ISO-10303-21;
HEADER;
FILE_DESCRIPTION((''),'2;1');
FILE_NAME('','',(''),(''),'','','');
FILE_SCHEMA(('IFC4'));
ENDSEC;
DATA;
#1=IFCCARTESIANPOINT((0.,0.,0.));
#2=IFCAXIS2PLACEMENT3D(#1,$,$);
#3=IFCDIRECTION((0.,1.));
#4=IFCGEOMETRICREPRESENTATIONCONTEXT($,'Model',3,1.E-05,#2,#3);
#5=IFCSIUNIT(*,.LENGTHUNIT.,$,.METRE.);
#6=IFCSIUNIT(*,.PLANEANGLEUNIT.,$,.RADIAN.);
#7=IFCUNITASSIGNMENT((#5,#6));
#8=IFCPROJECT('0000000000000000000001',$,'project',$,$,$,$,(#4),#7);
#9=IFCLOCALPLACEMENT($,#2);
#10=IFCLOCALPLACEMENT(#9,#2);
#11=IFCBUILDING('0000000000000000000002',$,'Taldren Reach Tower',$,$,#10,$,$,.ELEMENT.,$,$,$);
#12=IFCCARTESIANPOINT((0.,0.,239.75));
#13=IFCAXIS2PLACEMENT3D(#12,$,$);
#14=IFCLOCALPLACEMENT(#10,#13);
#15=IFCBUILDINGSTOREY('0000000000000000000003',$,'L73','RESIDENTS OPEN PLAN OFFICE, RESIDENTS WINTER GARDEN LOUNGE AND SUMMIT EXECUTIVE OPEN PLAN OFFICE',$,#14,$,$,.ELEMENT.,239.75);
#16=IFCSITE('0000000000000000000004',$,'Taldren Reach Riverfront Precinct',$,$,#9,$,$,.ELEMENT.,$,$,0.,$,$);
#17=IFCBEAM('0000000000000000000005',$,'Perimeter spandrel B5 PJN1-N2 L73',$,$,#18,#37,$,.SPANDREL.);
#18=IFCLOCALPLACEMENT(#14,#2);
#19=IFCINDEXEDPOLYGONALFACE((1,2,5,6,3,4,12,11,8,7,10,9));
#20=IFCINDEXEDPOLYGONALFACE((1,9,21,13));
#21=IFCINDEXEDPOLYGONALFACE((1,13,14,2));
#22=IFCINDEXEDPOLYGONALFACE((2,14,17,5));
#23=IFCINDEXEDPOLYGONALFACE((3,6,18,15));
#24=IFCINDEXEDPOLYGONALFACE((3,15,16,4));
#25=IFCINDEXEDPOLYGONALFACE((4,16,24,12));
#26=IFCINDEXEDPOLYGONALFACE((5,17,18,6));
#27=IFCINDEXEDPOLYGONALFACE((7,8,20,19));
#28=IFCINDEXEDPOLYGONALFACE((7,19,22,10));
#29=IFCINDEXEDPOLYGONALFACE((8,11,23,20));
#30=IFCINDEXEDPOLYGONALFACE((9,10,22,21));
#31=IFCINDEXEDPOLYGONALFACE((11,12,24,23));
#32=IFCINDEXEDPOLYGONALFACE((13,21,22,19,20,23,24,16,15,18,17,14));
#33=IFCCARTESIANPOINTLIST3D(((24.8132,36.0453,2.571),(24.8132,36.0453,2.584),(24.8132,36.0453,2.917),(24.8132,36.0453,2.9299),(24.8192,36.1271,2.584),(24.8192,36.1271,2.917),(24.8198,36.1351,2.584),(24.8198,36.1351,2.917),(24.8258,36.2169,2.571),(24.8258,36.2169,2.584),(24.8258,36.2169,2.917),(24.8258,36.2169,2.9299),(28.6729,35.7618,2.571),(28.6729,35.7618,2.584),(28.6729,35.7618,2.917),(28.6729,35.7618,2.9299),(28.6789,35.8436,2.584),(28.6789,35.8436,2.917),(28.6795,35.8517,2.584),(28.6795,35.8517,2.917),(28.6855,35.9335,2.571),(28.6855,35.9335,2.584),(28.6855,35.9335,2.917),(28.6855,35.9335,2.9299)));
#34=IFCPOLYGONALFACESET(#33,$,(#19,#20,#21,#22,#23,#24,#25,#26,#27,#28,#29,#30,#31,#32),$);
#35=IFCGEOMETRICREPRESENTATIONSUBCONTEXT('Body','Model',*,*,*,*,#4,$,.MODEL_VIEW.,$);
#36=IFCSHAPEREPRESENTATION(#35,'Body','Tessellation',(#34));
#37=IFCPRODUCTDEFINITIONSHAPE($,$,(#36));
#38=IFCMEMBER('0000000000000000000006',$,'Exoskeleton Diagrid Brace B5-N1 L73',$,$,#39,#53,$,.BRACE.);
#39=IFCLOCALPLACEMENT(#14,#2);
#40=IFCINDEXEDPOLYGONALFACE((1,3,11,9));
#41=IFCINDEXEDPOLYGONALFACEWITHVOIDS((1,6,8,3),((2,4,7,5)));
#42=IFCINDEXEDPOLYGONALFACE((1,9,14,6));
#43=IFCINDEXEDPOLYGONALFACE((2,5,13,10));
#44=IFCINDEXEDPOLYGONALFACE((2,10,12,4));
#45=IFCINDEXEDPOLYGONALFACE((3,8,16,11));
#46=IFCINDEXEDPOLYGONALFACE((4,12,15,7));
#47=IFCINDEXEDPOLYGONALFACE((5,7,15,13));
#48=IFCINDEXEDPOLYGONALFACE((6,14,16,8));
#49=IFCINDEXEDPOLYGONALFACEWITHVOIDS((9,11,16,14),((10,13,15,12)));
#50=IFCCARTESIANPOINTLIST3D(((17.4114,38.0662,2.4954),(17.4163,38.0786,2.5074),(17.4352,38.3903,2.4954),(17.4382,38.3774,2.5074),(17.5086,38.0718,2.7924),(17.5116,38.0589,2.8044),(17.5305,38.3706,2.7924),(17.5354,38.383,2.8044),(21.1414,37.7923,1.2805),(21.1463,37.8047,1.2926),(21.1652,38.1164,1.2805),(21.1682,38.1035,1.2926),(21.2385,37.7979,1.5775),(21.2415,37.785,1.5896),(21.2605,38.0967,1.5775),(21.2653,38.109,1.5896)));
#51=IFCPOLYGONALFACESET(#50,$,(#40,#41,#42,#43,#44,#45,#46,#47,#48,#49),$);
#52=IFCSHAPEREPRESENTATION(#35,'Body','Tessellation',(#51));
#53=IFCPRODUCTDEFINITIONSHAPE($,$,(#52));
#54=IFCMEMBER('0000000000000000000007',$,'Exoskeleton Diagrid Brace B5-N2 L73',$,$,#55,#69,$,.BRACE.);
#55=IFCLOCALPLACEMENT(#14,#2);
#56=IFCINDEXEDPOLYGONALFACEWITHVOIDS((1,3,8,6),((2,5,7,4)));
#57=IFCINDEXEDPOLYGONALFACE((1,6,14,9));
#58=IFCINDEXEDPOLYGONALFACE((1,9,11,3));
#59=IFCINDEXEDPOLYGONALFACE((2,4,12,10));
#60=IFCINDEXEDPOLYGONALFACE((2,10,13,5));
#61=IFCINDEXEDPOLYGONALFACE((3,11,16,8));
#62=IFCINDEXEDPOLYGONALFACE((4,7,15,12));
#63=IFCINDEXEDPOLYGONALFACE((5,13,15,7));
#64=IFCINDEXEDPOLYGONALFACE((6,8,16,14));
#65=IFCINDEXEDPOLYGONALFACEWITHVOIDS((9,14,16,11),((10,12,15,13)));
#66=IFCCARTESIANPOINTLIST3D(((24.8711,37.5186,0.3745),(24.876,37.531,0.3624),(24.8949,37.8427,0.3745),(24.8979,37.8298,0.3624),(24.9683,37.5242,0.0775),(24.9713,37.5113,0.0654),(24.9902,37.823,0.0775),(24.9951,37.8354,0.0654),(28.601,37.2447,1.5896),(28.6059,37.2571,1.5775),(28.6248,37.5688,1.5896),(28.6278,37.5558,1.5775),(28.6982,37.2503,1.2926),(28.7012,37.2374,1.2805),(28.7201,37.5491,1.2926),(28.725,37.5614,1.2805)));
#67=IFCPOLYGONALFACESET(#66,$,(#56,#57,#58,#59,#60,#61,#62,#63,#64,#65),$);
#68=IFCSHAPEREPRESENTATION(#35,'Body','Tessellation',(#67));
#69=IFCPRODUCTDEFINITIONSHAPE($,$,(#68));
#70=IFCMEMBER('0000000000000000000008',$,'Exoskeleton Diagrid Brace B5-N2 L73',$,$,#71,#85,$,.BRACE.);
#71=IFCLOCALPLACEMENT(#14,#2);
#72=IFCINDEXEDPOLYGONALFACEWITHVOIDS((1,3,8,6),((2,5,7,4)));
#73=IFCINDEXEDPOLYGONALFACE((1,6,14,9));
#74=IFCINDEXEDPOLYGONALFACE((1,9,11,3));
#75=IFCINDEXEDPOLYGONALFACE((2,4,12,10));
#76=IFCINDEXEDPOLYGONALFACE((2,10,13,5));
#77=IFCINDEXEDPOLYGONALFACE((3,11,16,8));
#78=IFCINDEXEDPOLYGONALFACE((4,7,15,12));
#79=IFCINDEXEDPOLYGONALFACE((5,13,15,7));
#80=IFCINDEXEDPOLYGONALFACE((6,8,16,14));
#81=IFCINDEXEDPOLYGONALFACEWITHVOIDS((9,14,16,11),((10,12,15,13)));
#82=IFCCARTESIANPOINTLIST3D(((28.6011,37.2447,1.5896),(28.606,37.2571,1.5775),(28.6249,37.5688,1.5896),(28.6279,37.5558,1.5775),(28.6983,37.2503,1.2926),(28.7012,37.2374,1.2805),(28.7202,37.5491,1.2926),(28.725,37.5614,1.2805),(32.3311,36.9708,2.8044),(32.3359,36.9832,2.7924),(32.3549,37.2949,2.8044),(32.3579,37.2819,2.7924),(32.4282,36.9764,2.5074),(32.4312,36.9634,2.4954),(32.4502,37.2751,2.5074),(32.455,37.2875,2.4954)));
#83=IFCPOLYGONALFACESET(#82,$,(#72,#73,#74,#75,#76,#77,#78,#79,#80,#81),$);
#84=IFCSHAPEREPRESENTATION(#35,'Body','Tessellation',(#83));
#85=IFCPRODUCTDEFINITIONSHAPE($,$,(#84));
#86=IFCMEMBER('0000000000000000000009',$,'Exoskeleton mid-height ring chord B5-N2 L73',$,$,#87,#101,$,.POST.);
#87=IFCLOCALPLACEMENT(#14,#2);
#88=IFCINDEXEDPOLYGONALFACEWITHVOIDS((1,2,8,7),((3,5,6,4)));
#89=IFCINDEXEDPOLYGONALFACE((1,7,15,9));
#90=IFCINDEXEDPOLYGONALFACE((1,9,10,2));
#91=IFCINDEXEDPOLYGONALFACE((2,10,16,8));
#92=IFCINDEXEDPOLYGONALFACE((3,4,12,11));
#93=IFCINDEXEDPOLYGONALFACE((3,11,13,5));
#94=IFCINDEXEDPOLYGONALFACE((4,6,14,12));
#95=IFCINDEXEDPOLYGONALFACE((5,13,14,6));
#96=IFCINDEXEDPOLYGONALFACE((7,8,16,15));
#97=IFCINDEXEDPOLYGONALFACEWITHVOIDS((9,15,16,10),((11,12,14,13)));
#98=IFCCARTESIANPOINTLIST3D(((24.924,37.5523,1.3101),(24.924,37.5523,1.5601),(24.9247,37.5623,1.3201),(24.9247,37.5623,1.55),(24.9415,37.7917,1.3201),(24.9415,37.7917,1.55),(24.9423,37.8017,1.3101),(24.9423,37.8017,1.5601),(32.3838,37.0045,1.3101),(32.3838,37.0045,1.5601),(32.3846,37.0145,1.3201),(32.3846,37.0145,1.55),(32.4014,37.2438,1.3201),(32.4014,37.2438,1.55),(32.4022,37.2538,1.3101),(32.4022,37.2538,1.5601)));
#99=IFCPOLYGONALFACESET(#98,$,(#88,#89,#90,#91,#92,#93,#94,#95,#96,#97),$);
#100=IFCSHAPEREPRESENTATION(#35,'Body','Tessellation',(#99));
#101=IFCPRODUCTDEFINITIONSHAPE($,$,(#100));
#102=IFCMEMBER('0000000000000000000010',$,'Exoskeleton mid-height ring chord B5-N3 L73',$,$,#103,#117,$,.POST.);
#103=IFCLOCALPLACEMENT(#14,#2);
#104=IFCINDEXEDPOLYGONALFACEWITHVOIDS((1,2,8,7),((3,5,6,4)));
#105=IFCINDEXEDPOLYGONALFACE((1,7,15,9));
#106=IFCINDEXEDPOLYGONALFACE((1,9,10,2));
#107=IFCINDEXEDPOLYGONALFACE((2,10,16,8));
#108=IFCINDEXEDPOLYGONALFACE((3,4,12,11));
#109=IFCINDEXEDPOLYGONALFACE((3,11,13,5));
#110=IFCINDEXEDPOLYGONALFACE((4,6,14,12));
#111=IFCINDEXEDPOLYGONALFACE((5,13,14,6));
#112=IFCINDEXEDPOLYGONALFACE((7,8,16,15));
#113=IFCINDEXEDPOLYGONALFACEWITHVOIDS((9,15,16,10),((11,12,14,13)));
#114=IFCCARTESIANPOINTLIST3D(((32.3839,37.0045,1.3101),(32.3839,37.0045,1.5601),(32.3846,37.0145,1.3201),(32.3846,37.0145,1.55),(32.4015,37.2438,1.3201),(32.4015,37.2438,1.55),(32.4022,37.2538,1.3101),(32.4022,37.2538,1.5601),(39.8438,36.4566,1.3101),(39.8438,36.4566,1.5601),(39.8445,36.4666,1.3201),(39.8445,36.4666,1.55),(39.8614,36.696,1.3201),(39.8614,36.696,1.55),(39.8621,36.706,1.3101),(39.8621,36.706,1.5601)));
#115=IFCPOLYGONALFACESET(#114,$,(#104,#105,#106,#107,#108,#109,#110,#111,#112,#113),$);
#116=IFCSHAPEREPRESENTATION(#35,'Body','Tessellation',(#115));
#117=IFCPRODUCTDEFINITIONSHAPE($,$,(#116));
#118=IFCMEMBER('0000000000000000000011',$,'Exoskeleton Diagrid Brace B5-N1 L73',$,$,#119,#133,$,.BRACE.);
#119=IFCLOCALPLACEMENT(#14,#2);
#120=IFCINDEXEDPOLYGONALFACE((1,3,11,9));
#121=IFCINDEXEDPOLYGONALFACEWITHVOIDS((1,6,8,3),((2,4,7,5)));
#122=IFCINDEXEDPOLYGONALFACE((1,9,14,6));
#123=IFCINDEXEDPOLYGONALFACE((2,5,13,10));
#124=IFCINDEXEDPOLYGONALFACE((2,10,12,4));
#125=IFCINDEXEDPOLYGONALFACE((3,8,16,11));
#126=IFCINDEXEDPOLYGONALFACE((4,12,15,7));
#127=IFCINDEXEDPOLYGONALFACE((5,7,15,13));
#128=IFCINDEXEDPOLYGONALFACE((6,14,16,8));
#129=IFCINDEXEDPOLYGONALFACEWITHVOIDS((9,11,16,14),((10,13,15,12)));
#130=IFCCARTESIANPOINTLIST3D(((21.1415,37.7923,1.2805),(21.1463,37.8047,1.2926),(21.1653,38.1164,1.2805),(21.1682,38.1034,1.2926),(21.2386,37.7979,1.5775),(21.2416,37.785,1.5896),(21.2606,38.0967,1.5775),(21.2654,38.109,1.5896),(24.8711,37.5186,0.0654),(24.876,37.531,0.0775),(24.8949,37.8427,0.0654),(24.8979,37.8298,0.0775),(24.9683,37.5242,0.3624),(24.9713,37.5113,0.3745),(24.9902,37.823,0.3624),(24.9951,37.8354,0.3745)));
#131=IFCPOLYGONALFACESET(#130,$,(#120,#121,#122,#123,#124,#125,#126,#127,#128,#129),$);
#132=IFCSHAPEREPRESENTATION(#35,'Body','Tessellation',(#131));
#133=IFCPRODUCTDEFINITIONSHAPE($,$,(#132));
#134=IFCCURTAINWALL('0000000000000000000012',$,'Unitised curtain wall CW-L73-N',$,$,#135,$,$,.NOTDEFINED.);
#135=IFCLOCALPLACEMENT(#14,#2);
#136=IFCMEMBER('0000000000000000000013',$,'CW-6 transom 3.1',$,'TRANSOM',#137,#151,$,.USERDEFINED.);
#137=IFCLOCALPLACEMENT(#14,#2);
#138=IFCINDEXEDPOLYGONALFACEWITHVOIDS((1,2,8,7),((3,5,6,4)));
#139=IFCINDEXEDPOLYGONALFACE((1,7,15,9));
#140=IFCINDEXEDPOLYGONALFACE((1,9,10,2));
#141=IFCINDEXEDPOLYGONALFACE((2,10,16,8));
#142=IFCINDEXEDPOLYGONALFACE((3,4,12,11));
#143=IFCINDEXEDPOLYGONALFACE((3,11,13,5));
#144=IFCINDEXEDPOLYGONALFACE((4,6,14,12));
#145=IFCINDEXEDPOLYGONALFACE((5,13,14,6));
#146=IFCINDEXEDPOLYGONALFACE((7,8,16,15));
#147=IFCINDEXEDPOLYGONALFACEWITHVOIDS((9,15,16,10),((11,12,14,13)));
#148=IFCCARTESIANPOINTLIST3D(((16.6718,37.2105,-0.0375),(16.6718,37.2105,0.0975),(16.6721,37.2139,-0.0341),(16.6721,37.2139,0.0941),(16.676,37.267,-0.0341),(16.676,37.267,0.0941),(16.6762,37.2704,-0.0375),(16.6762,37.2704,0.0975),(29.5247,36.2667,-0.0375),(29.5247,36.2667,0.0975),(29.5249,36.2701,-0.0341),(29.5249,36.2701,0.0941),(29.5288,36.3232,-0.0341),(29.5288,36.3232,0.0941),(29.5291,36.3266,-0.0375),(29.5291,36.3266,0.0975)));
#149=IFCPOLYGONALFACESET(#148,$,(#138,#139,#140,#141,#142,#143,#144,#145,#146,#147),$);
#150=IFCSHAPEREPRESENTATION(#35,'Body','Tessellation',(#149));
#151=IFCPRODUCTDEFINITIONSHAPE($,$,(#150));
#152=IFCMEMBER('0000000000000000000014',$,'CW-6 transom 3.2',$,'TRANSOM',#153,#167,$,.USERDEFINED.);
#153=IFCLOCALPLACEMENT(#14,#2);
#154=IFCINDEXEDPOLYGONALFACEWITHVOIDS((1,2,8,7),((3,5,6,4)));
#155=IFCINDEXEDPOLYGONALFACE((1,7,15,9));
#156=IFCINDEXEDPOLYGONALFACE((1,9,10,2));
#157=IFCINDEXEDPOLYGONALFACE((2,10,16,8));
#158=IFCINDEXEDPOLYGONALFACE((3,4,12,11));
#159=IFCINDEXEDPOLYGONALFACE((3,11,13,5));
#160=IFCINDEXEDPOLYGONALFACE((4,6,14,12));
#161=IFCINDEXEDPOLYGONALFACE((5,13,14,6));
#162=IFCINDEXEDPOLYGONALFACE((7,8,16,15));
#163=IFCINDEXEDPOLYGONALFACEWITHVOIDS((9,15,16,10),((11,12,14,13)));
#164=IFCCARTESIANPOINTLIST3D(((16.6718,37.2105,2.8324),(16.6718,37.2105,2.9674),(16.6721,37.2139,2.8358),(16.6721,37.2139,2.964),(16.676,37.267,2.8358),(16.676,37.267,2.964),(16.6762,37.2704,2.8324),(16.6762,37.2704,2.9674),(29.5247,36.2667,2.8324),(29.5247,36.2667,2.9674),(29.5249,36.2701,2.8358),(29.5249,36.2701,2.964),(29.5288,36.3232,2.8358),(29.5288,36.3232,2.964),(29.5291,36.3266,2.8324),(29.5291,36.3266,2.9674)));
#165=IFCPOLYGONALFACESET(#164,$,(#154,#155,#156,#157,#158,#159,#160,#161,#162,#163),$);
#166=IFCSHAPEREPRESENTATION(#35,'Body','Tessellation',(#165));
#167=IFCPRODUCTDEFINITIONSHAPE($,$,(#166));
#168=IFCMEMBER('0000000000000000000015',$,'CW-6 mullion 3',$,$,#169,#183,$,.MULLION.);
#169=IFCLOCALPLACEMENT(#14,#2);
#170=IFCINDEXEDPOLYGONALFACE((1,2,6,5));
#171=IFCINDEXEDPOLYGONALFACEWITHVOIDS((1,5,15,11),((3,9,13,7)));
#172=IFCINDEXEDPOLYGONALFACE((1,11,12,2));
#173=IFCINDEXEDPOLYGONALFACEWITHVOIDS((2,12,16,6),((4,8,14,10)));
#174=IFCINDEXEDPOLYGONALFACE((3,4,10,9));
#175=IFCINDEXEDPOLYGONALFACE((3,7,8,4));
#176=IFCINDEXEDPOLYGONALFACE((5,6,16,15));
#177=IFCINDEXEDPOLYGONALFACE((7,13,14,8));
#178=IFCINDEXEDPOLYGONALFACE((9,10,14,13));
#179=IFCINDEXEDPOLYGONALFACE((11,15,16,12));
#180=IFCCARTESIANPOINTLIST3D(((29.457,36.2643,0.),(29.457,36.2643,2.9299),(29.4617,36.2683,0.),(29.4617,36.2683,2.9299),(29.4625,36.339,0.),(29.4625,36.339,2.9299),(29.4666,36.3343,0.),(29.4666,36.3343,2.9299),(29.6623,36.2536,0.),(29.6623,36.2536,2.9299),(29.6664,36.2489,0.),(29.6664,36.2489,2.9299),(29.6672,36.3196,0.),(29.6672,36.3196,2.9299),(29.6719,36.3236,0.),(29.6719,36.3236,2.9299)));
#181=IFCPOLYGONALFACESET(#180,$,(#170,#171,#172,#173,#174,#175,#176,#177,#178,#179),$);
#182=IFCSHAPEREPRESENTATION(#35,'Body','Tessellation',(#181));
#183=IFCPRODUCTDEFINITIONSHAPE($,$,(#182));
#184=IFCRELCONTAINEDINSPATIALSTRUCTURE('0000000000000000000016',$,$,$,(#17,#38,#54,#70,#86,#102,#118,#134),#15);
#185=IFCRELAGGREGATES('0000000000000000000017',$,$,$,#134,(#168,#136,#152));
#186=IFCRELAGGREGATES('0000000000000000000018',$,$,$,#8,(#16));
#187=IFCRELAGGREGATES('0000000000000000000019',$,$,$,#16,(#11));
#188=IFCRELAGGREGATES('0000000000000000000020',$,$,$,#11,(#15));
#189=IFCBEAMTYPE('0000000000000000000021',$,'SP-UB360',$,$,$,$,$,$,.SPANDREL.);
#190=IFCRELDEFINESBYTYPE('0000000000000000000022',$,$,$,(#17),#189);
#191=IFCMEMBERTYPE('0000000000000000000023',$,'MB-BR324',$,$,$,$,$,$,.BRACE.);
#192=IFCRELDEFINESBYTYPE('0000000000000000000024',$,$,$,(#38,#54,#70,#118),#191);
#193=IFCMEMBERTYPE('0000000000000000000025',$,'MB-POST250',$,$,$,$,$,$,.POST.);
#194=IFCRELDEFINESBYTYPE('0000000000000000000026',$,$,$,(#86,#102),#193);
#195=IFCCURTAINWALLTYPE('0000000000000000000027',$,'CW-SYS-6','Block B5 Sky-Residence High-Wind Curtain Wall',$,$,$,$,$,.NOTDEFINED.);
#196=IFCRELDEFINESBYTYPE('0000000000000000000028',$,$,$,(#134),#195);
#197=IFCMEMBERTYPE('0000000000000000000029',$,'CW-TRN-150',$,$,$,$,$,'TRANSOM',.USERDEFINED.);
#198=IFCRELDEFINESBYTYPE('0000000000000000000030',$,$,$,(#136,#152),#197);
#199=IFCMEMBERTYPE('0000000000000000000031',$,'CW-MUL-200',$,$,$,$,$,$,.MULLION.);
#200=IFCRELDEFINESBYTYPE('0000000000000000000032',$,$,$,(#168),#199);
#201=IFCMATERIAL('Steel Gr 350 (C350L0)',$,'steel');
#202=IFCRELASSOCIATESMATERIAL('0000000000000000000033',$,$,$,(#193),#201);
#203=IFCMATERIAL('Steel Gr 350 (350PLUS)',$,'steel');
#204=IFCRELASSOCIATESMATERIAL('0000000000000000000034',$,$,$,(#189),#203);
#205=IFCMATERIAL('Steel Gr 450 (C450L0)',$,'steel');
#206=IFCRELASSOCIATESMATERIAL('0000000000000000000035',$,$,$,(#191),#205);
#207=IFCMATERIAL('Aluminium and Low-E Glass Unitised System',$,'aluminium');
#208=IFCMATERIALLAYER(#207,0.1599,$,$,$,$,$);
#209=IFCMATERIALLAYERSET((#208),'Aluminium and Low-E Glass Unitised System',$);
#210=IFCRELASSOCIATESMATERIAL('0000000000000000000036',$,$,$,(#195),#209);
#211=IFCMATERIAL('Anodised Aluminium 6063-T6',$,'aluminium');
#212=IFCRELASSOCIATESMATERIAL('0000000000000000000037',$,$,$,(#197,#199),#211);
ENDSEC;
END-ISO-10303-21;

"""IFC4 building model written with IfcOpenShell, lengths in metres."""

from ifc_helpers import new_model, si_unit, direction, frame, origin, origin_2d, place, context, subcontext, project, spatial, hollow_rectangle, i_section, extrude, source, transform, mapped, material, layer, layer_set, material_profile, profile_set, type_object, element, aggregate, save


model = new_model("IFC4")

# Units and contexts
model_context = context("Model", 3, precision=1e-05, world=origin(), true_north=direction((0.0, 1.0)))
body_context = subcontext(model_context, "Body", "Model", "MODEL_VIEW")
ifc_project = project(units=[si_unit("LENGTHUNIT", "METRE"), si_unit("PLANEANGLEUNIT", "RADIAN")], contexts=[model_context])

# Site, building, storey
site_placement = place(None, origin())
site = spatial("IfcSite", under=ifc_project, at=site_placement, Name="Taldren Reach Riverfront Precinct", CompositionType="ELEMENT", RefElevation=0.0)
building_placement = place(site_placement, origin())
building = spatial("IfcBuilding", under=site, at=building_placement, Name="Taldren Reach Tower", CompositionType="ELEMENT")
storey_placement = place(building_placement, frame((0.0, 0.0, 239.75)))
storey = spatial("IfcBuildingStorey", under=building, at=storey_placement, Name="L73", Description="RESIDENTS OPEN PLAN OFFICE, RESIDENTS WINTER GARDEN LOUNGE AND SUMMIT EXECUTIVE OPEN PLAN OFFICE", CompositionType="ELEMENT", Elevation=239.75)

# Shared definitions
ifc_material_1 = material(Name="Steel Gr 350 (C350L0)", Category="steel")
ifc_material_2 = material(Name="Steel Gr 350 (350PLUS)", Category="steel")

# Shared definitions
ifc_material_profile_1 = material_profile(ifc_material_1, hollow_rectangle(XDim=0.25, YDim=0.25, WallThickness=0.01, at=origin_2d()), Name="250x250x10.0SHS")
ifc_profile_set_1 = profile_set([ifc_material_profile_1], Name="Steel Gr 350 (C350L0)")
member_type_1 = type_object("IfcMemberType", Name="MB-POST250", PredefinedType="POST", material=ifc_profile_set_1)
ifc_material_3 = material(Name="Steel Gr 450 (C450L0)", Category="steel")

# Beam
ifc_material_profile_2 = material_profile(ifc_material_2, i_section(OverallWidth=0.1721, OverallDepth=0.3589, WebThickness=0.0081, FlangeThickness=0.0129, at=origin_2d()), Name="360UB56.7")
ifc_profile_set_2 = profile_set([ifc_material_profile_2], Name="Steel Gr 350 (350PLUS)")
beam_type = type_object("IfcBeamType", Name="SP-UB360", PredefinedType="SPANDREL", material=ifc_profile_set_2)
shared_shape_1 = source(origin(), body_context, "Body", "SweptSolid", [
    extrude(i_section(OverallWidth=0.1721, OverallDepth=0.3589, WebThickness=0.0081, FlangeThickness=0.0129, at=origin_2d()), origin(), (0.0, 0.0, 1.0), 3.8701),
])
beam_1_placement = place(storey_placement, frame((28.6792, 35.8477, 2.7505), z_axis=(-0.997314, 0.073242, 0.0), x_axis=(-0.073242, -0.997314, 0.0)))
element("IfcBeam", 1, at=beam_1_placement, inside=storey, type_object=beam_type, Name="Perimeter spandrel B5 PJN1-N2 L73", PredefinedType="SPANDREL", context=body_context, shape_type="MappedRepresentation", body=[
    mapped(shared_shape_1, transform((0.0, 0.0, 0.0), scale=1.0)),
])

# Members
ifc_material_profile_3 = material_profile(ifc_material_3, hollow_rectangle(XDim=0.325, YDim=0.325, WallThickness=0.0127, at=origin_2d()), Name="325x325x12.7SHS")
ifc_profile_set_3 = profile_set([ifc_material_profile_3], Name="Steel Gr 450 (C450L0)")
member_type_2 = type_object("IfcMemberType", Name="MB-BR324", PredefinedType="BRACE", material=ifc_profile_set_3)
shared_shape_2 = source(origin(), body_context, "Body", "SweptSolid", [
    extrude(hollow_rectangle(XDim=0.325, YDim=0.325, WallThickness=0.0127, at=origin_2d()), origin(), (0.0, 0.0, 1.0), 3.9324),
])
for number, where, z_axis, x_axis, name in (
    (2, (21.2034, 37.9507, 1.4351), (-0.948529, 0.069659, 0.308933), (-0.073242, -0.997314, 0.0), "Exoskeleton Diagrid Brace B5-N1 L73"),
    (3, (24.9331, 37.677, 0.22), (0.948511, -0.069658, 0.308989), (0.073242, 0.997314, 0.0), "Exoskeleton Diagrid Brace B5-N2 L73"),
    (4, (28.6631, 37.4031, 1.4351), (0.948529, -0.069659, 0.308933), (0.073242, 0.997314, 0.0), "Exoskeleton Diagrid Brace B5-N2 L73"),
):
    element("IfcMember", number, at=place(storey_placement, frame(where, z_axis=z_axis, x_axis=x_axis)), inside=storey, type_object=member_type_2, Name=name, PredefinedType="BRACE", context=body_context, shape_type="MappedRepresentation", body=[
        mapped(shared_shape_2, transform((0.0, 0.0, 0.0), scale=1.0)),
    ])
shared_shape_3 = source(origin(), body_context, "Body", "SweptSolid", [
    extrude(hollow_rectangle(XDim=0.25, YDim=0.25, WallThickness=0.01, at=origin_2d()), origin(), (0.0, 0.0, 1.0), 7.48),
])
for number, where, z_axis, x_axis, name in (
    (5, (24.9331, 37.677, 1.4351), (0.997314, -0.073242, 0.0), (0.073242, 0.997314, 0.0), "Exoskeleton mid-height ring chord B5-N2 L73"),
    (6, (32.3931, 37.1292, 1.4351), (0.997314, -0.073242, 0.0), (0.073242, 0.997314, 0.0), "Exoskeleton mid-height ring chord B5-N3 L73"),
):
    element("IfcMember", number, at=place(storey_placement, frame(where, z_axis=z_axis, x_axis=x_axis)), inside=storey, type_object=member_type_1, Name=name, PredefinedType="POST", context=body_context, shape_type="MappedRepresentation", body=[
        mapped(shared_shape_3, transform((0.0, 0.0, 0.0), scale=1.0)),
    ])
shared_shape_4 = source(origin(), body_context, "Body", "SweptSolid", [
    extrude(hollow_rectangle(XDim=0.325, YDim=0.325, WallThickness=0.0127, at=origin_2d()), origin(), (0.0, 0.0, 1.0), 3.9321),
])
member_1_placement = place(storey_placement, frame((24.9331, 37.677, 0.22), z_axis=(-0.948509, 0.0696, 0.309009), x_axis=(-0.073182, -0.997319, 0.0)))
element("IfcMember", 7, at=member_1_placement, inside=storey, type_object=member_type_2, Name="Exoskeleton Diagrid Brace B5-N1 L73", PredefinedType="BRACE", context=body_context, shape_type="MappedRepresentation", body=[
    mapped(shared_shape_4, transform((0.0, 0.0, 0.0), scale=1.0)),
])

# Curtain wall, members
ifc_material_4 = material(Name="Aluminium and Low-E Glass Unitised System", Category="aluminium")
ifc_layer_1 = layer(ifc_material_4, 0.1599)
ifc_layer_set_1 = layer_set([ifc_layer_1], Name="Aluminium and Low-E Glass Unitised System")
curtain_wall_type = type_object("IfcCurtainWallType", Name="CW-SYS-6", Description="Block B5 Sky-Residence High-Wind Curtain Wall", PredefinedType="NOTDEFINED", material=ifc_layer_set_1)
curtain_wall_placement = place(storey_placement, origin())
curtain_wall = element("IfcCurtainWall", 8, at=curtain_wall_placement, inside=storey, type_object=curtain_wall_type, Name="Unitised curtain wall CW-L73-N", PredefinedType="NOTDEFINED")
ifc_material_5 = material(Name="Anodised Aluminium 6063-T6", Category="aluminium")
ifc_material_profile_4 = material_profile(ifc_material_5, hollow_rectangle(XDim=0.0601, YDim=0.135, WallThickness=0.0034, at=origin_2d()), Name="ALU-135x60x3.5RHS")
ifc_profile_set_4 = profile_set([ifc_material_profile_4], Name="Anodised Aluminium 6063-T6")
member_type_3 = type_object("IfcMemberType", Name="CW-TRN-150", ElementType="TRANSOM", PredefinedType="USERDEFINED", material=ifc_profile_set_4)
shared_shape_5 = source(origin(), body_context, "Body", "SweptSolid", [
    extrude(hollow_rectangle(XDim=0.0601, YDim=0.135, WallThickness=0.0034, at=origin_2d()), origin(), (0.0, 0.0, 1.0), 12.8875),
])
member_2_placement = place(storey_placement, frame((29.5269, 36.2966, 0.03), z_axis=(-0.997314, 0.073238, 0.0), x_axis=(-0.073238, -0.997314, 0.0)))
member_2 = element("IfcMember", 9, at=member_2_placement, type_object=member_type_3, Name="CW-6 transom 3.1", ObjectType="TRANSOM", PredefinedType="USERDEFINED", context=body_context, shape_type="MappedRepresentation", body=[
    mapped(shared_shape_5, transform((0.0, 0.0, 0.0), scale=1.0)),
])
member_3_placement = place(storey_placement, frame((29.5269, 36.2966, 2.8999), z_axis=(-0.997314, 0.073238, 0.0), x_axis=(-0.073238, -0.997314, 0.0)))
member_3 = element("IfcMember", 10, at=member_3_placement, type_object=member_type_3, Name="CW-6 transom 3.2", ObjectType="TRANSOM", PredefinedType="USERDEFINED", context=body_context, shape_type="MappedRepresentation", body=[
    mapped(shared_shape_5, transform((0.0, 0.0, 0.0), scale=1.0)),
])
ifc_material_profile_5 = material_profile(ifc_material_5, hollow_rectangle(XDim=0.075, YDim=0.21, WallThickness=0.0044, at=origin_2d()), Name="ALU-210x75x4.5RHS")
ifc_profile_set_5 = profile_set([ifc_material_profile_5], Name="Anodised Aluminium 6063-T6")
member_type_4 = type_object("IfcMemberType", Name="CW-MUL-200", PredefinedType="MULLION", material=ifc_profile_set_5)
shared_shape_6 = source(origin(), body_context, "Body", "SweptSolid", [
    extrude(hollow_rectangle(XDim=0.075, YDim=0.21, WallThickness=0.0044, at=origin_2d()), origin(), (0.0, 0.0, 1.0), 2.9299),
])
member_4_placement = place(storey_placement, frame((29.5645, 36.2939, 0.0), z_axis=(0.0, 0.0, 1.0), x_axis=(-0.073238, -0.997314, 0.0)))
member_4 = element("IfcMember", 11, at=member_4_placement, type_object=member_type_4, Name="CW-6 mullion 3", PredefinedType="MULLION", context=body_context, shape_type="MappedRepresentation", body=[
    mapped(shared_shape_6, transform((0.0, 0.0, 0.0), scale=1.0)),
])

aggregate(curtain_wall, [member_4, member_2, member_3])

save(model, "model.ifc")
